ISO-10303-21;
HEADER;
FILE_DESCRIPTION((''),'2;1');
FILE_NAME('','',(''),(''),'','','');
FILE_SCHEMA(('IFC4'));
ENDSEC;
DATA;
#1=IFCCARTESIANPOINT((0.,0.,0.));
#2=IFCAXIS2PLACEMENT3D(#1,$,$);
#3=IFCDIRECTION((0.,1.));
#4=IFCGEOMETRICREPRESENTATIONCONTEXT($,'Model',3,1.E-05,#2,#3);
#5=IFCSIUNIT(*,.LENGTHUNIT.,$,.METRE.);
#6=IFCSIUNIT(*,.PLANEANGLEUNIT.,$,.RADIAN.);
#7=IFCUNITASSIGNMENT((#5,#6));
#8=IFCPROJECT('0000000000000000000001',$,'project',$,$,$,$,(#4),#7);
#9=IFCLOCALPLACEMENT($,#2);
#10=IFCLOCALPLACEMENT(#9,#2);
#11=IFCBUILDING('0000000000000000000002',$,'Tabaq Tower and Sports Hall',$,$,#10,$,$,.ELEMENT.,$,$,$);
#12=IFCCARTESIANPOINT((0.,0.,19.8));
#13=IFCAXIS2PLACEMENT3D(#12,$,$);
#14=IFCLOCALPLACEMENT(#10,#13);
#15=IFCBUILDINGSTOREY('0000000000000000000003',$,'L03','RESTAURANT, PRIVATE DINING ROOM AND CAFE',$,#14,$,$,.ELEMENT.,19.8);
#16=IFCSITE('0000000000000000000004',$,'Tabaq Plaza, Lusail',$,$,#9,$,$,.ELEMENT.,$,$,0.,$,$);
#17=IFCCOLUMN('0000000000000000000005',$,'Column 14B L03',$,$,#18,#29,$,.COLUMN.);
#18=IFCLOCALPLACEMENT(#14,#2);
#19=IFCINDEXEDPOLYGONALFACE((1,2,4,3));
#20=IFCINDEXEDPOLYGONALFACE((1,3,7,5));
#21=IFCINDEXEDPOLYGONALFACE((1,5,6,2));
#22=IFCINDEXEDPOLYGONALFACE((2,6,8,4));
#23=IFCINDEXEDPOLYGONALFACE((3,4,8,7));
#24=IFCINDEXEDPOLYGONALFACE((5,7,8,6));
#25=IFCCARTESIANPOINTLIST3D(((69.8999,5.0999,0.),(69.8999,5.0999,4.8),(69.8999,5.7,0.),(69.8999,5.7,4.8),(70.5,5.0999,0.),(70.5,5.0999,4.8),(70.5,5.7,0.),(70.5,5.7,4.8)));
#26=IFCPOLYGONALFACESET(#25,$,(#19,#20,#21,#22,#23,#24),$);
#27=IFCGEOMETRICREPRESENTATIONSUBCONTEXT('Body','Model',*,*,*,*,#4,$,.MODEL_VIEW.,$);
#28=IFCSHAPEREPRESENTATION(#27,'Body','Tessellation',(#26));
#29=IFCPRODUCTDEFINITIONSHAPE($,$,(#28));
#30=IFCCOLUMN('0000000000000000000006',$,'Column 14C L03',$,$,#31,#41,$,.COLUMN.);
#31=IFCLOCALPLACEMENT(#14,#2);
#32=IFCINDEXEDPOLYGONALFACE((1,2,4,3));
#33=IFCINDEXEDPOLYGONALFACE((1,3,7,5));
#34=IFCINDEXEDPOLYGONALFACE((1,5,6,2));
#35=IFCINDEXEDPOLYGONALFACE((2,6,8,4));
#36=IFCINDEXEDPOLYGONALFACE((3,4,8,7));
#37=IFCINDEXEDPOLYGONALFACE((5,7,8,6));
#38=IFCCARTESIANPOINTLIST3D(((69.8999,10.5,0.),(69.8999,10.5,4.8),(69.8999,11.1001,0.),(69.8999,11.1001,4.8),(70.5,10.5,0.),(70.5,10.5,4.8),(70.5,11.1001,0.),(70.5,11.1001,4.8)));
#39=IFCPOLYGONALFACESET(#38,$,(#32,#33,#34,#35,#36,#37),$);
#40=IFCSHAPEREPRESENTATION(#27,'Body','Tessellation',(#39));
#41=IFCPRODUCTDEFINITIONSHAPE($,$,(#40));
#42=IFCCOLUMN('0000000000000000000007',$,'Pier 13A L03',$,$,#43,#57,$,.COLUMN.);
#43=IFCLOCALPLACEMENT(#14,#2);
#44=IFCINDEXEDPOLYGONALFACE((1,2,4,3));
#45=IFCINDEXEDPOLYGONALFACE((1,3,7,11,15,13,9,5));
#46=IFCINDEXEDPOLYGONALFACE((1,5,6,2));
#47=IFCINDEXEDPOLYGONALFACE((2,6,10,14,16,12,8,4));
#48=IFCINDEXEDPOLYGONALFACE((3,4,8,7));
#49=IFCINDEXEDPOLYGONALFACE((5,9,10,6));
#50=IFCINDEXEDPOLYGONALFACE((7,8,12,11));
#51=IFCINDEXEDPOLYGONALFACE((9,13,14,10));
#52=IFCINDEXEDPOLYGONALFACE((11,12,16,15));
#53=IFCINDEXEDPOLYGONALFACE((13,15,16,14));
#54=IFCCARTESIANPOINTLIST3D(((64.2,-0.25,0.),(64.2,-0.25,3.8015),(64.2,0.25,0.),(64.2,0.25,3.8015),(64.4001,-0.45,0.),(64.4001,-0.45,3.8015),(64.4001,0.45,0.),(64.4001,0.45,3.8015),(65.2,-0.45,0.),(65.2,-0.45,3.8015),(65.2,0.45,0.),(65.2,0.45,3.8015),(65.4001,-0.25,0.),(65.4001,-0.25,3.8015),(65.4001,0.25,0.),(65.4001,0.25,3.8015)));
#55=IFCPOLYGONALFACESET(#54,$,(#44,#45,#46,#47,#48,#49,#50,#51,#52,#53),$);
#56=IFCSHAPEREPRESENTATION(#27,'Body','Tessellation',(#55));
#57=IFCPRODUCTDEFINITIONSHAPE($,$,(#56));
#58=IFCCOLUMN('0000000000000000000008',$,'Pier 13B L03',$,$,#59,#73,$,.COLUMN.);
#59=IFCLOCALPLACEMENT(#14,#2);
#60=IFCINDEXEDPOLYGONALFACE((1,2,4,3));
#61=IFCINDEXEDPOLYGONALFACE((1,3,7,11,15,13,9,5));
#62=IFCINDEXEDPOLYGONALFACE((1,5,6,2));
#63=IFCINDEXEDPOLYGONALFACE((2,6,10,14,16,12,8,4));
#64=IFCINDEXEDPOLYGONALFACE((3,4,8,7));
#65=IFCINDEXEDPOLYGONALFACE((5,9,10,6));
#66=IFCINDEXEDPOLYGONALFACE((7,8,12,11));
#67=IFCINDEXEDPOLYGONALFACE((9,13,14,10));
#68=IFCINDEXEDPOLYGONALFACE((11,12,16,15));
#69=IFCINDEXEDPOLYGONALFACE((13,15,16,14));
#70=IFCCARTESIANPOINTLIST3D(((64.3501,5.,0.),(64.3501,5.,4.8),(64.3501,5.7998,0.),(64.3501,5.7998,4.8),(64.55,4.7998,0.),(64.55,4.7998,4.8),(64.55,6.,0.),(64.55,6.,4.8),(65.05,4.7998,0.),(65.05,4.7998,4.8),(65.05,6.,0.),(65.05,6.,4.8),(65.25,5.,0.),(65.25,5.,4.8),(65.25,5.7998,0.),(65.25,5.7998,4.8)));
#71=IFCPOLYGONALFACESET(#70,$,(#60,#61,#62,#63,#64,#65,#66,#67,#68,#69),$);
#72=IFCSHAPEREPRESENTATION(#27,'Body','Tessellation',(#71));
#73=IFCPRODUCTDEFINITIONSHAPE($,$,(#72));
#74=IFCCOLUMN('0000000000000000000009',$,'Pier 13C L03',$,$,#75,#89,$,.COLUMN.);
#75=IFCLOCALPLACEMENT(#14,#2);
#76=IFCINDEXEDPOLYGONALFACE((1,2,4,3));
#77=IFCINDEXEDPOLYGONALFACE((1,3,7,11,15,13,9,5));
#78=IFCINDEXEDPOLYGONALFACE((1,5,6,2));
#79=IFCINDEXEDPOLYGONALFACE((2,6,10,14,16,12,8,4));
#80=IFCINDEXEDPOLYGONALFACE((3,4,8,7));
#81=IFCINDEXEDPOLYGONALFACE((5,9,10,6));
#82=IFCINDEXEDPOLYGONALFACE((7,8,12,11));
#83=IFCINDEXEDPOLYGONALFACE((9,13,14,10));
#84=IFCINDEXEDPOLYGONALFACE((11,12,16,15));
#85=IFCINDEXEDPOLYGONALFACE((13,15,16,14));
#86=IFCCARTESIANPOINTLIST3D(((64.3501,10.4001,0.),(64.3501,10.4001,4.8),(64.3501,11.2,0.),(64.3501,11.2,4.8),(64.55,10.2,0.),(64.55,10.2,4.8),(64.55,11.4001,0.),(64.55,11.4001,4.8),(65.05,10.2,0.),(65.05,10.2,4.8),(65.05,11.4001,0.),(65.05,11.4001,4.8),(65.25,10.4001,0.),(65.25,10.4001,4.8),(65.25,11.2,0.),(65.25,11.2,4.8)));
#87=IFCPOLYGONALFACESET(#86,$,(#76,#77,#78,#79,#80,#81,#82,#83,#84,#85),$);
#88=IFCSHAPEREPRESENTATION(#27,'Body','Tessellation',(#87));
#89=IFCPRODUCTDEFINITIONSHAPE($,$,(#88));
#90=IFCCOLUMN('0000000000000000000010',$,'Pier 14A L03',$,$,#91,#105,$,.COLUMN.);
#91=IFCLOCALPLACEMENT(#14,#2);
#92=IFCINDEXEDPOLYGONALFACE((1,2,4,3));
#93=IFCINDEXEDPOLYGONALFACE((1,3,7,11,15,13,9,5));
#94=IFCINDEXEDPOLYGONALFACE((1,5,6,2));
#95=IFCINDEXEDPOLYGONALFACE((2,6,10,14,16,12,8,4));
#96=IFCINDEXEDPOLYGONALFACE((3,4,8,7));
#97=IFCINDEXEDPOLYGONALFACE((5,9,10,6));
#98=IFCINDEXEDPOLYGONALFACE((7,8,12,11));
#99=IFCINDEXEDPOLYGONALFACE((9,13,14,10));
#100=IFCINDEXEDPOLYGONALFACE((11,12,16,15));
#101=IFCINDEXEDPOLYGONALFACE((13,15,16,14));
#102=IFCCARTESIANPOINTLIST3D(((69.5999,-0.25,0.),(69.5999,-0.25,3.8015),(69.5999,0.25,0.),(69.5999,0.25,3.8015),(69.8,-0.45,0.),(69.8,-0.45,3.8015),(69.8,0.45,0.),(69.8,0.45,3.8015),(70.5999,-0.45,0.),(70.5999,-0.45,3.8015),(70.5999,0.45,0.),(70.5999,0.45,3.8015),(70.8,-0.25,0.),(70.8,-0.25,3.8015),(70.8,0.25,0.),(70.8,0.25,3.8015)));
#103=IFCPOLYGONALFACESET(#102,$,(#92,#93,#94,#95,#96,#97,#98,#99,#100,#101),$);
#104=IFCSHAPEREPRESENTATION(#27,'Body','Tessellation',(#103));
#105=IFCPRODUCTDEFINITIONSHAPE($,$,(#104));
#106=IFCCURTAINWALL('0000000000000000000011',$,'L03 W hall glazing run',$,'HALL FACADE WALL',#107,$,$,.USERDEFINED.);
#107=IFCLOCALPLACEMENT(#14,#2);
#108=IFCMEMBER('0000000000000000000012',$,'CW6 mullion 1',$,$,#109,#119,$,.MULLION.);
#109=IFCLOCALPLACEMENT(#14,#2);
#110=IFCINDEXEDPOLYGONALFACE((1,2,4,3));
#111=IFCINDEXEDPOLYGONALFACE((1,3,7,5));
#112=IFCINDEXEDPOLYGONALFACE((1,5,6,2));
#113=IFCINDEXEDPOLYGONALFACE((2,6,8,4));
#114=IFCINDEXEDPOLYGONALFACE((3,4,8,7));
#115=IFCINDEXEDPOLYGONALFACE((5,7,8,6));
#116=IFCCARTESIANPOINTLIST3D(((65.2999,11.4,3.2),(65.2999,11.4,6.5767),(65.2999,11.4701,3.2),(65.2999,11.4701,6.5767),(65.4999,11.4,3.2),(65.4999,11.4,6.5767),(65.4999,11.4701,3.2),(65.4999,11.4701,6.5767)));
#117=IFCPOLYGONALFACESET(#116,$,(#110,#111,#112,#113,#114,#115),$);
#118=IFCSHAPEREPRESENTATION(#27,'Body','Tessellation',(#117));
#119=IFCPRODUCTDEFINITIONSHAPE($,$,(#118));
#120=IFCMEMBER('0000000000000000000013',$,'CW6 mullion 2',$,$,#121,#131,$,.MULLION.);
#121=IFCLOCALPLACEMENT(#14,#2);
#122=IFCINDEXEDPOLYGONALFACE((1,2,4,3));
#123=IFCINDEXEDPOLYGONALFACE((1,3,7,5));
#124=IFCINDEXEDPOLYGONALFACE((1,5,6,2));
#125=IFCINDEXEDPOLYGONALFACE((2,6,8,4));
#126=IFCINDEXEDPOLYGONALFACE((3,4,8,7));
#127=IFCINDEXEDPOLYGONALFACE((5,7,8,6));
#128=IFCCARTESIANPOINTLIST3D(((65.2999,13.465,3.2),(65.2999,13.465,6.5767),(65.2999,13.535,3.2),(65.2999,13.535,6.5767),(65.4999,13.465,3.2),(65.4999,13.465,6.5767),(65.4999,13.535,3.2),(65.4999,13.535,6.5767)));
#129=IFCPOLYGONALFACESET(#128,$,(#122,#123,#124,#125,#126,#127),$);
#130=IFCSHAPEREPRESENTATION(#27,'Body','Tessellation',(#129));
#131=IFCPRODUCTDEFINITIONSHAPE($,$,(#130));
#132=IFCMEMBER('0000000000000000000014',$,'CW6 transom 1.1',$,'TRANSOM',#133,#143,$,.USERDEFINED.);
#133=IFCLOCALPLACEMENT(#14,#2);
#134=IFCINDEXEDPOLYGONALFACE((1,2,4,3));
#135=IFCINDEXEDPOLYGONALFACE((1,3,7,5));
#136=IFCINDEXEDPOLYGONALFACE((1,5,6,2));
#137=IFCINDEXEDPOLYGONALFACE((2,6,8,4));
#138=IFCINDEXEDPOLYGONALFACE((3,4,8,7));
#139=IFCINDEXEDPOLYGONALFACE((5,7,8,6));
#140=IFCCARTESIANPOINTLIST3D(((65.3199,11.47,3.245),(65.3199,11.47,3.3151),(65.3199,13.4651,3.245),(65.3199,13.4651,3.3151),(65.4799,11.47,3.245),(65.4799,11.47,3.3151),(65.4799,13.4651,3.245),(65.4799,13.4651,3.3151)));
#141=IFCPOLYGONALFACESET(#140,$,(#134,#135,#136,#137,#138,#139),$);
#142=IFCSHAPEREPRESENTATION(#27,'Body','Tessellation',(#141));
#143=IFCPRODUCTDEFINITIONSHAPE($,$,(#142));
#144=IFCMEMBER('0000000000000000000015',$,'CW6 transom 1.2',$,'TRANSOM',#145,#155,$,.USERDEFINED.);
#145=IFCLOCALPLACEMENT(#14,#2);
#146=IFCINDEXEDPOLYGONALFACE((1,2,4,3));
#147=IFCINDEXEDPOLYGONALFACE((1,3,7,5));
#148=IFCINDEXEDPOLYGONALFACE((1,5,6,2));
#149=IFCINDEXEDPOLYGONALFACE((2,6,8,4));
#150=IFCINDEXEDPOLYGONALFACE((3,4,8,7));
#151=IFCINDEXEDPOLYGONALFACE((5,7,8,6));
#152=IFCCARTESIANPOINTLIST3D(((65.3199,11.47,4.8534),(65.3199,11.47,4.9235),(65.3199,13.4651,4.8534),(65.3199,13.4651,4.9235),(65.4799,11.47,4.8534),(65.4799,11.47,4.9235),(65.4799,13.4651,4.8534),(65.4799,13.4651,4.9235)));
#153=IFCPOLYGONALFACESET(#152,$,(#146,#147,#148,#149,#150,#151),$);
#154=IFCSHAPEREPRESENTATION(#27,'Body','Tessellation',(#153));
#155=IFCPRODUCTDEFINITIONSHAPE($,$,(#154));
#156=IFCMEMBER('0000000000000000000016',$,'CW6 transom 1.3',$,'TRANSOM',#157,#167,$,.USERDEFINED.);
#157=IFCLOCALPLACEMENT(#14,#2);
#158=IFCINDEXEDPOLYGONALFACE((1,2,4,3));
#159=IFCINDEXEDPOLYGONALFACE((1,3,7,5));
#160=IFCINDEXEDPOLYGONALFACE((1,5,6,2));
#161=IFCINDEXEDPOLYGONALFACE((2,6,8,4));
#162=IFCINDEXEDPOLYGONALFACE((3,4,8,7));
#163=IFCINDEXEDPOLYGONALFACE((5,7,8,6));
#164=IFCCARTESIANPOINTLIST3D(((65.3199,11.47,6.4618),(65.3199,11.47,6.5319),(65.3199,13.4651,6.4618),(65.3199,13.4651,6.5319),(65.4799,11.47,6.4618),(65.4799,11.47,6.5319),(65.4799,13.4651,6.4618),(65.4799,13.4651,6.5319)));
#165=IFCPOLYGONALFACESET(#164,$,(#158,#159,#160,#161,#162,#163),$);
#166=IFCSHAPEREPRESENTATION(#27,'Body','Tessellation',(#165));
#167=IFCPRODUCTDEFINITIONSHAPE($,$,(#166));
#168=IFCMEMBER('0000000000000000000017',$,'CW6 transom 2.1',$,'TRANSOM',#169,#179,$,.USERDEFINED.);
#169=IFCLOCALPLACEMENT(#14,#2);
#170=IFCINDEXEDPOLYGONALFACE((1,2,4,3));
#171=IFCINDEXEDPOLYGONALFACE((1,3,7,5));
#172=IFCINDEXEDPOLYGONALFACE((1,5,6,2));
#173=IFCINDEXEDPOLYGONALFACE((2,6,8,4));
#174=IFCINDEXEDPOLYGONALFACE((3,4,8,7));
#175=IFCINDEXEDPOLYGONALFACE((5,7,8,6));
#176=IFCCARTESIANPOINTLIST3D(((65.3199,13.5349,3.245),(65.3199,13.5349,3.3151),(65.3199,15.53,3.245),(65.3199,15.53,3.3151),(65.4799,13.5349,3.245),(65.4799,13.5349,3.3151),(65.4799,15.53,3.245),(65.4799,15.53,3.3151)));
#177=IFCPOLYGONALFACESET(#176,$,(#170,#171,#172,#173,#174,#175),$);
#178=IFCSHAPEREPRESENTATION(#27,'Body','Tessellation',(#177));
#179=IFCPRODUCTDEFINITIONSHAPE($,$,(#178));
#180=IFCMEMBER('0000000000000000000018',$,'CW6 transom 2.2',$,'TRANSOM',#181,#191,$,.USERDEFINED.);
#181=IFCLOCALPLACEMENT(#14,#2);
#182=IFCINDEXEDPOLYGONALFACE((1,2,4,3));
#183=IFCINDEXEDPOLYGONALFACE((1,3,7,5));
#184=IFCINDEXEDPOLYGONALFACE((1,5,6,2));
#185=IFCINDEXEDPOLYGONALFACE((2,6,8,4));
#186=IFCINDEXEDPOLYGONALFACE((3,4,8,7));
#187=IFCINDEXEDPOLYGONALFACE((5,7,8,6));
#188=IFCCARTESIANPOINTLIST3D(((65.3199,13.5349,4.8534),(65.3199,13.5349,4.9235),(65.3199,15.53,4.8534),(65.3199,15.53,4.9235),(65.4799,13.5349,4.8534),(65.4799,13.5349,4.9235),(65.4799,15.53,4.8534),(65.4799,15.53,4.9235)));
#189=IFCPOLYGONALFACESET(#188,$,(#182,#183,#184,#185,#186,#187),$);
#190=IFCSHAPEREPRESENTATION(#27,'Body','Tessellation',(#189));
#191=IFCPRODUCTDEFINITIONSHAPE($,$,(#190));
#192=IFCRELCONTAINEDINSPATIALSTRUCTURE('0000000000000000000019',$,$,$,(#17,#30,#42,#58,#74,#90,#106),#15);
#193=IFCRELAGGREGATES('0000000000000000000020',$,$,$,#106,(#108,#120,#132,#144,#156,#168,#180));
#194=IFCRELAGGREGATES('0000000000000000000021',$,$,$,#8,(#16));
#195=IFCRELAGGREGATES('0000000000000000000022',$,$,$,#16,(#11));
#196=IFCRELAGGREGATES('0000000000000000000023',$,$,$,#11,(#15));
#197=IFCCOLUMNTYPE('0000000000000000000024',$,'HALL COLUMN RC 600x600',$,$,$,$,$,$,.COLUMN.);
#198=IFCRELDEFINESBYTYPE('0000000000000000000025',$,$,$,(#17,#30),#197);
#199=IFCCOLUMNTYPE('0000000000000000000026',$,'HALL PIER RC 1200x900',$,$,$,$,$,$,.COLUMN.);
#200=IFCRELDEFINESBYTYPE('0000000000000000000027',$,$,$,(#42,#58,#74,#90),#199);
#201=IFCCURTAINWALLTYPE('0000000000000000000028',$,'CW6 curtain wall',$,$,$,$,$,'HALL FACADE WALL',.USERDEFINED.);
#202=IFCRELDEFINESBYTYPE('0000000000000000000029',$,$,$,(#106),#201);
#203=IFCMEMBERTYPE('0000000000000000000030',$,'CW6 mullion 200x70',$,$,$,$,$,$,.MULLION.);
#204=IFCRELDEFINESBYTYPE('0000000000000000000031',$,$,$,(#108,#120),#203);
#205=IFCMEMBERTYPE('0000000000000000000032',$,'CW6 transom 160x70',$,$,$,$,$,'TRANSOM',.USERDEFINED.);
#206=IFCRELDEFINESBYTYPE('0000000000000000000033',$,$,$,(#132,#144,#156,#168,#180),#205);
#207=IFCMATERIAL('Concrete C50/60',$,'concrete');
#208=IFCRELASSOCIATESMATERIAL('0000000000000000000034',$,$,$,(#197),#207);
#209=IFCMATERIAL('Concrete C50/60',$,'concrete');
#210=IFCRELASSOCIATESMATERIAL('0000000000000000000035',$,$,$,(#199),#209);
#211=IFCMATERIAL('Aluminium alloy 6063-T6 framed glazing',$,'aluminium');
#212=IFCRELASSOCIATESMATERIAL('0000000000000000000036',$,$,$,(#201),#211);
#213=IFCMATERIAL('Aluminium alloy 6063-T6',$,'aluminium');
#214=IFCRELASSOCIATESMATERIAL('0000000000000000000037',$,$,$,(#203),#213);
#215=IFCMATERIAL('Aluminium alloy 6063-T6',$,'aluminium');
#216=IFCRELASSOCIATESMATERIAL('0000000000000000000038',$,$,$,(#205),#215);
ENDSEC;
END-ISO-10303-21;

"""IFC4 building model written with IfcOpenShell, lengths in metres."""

from ifc_helpers import new_model, si_unit, direction, frame, origin, origin_2d, place, context, subcontext, project, spatial, polyline, rectangle, outline, extrude, material, material_profile, profile_set, type_object, element, aggregate, save


model = new_model("IFC4")

# Units and contexts
model_context = context("Model", 3, precision=1e-05, world=origin(), true_north=direction((0.0, 1.0)))
body_context = subcontext(model_context, "Body", "Model", "MODEL_VIEW")
ifc_project = project(units=[si_unit("LENGTHUNIT", "METRE"), si_unit("PLANEANGLEUNIT", "RADIAN")], contexts=[model_context])

# Site, building, storey
site_placement = place(None, origin())
site = spatial("IfcSite", under=ifc_project, at=site_placement, Name="Tabaq Plaza, Lusail", CompositionType="ELEMENT", RefElevation=0.0)
building_placement = place(site_placement, origin())
building = spatial("IfcBuilding", under=site, at=building_placement, Name="Tabaq Tower and Sports Hall", CompositionType="ELEMENT")
storey_placement = place(building_placement, frame((0.0, 0.0, 19.8)))
storey = spatial("IfcBuildingStorey", under=building, at=storey_placement, Name="L03", Description="RESTAURANT, PRIVATE DINING ROOM AND CAFE", CompositionType="ELEMENT", Elevation=19.8)

# Columns
ifc_material_1 = material(Name="Concrete C50/60", Category="concrete")
ifc_material_profile_1 = material_profile(ifc_material_1, rectangle(XDim=0.6001, YDim=0.6001, at=origin_2d()), Name="RC 600x600")
ifc_profile_set_1 = profile_set([ifc_material_profile_1], Name="Concrete C50/60")
column_type_1 = type_object("IfcColumnType", Name="HALL COLUMN RC 600x600", PredefinedType="COLUMN", material=ifc_profile_set_1)
for number, where, z_axis, x_axis, name in (
    (1, (70.2, 5.3999, 0.0), (0.0, 0.0, 1.0), (1.0, 0.0, 0.0), "Column 14B L03"),
    (2, (70.2, 10.8, 0.0), (0.0, 0.0, 1.0), (1.0, 0.0, 0.0), "Column 14C L03"),
):
    element("IfcColumn", number, at=place(storey_placement, frame(where, z_axis=z_axis, x_axis=x_axis)), inside=storey, type_object=column_type_1, Name=name, PredefinedType="COLUMN", context=body_context, shape_type="SweptSolid", body=[
        extrude(rectangle(XDim=0.6001, YDim=0.6001, at=origin_2d()), origin(), (0.0, 0.0, 1.0), 4.8),
    ])
ifc_material_2 = material(Name="Concrete C50/60", Category="concrete")
ifc_material_profile_2 = material_profile(ifc_material_2, outline(polyline([(-0.3999, -0.45), (0.3999, -0.45), (0.6001, -0.25), (0.6001, 0.25), (0.3999, 0.45), (-0.3999, 0.45), (-0.6001, 0.25), (-0.6001, -0.25), (-0.3999, -0.45)])), Name="PIER 1200x900")
ifc_profile_set_2 = profile_set([ifc_material_profile_2], Name="Concrete C50/60")
column_type_2 = type_object("IfcColumnType", Name="HALL PIER RC 1200x900", PredefinedType="COLUMN", material=ifc_profile_set_2)
column_1_placement = place(storey_placement, frame((64.8, 0.0, 0.0), z_axis=(0.0, 0.0, 1.0), x_axis=(1.0, 0.0, 0.0)))
element("IfcColumn", 3, at=column_1_placement, inside=storey, type_object=column_type_2, Name="Pier 13A L03", PredefinedType="COLUMN", context=body_context, shape_type="SweptSolid", body=[
    extrude(outline(polyline([(-0.3999, -0.45), (0.3999, -0.45), (0.6001, -0.25), (0.6001, 0.25), (0.3999, 0.45), (-0.3999, 0.45), (-0.6001, 0.25), (-0.6001, -0.25), (-0.3999, -0.45)])), origin(), (0.0, 0.0, 1.0), 3.8015),
])
for number, where, z_axis, x_axis, name in (
    (4, (64.8, 5.3999, 0.0), (0.0, 0.0, 1.0), (0.0, 1.0, 0.0), "Pier 13B L03"),
    (5, (64.8, 10.8, 0.0), (0.0, 0.0, 1.0), (0.0, 1.0, 0.0), "Pier 13C L03"),
):
    element("IfcColumn", number, at=place(storey_placement, frame(where, z_axis=z_axis, x_axis=x_axis)), inside=storey, type_object=column_type_2, Name=name, PredefinedType="COLUMN", context=body_context, shape_type="SweptSolid", body=[
        extrude(outline(polyline([(-0.3999, -0.45), (0.3999, -0.45), (0.6001, -0.25), (0.6001, 0.25), (0.3999, 0.45), (-0.3999, 0.45), (-0.6001, 0.25), (-0.6001, -0.25), (-0.3999, -0.45)])), origin(), (0.0, 0.0, 1.0), 4.8),
    ])
column_2_placement = place(storey_placement, frame((70.2, 0.0, 0.0), z_axis=(0.0, 0.0, 1.0), x_axis=(1.0, 0.0, 0.0)))
element("IfcColumn", 6, at=column_2_placement, inside=storey, type_object=column_type_2, Name="Pier 14A L03", PredefinedType="COLUMN", context=body_context, shape_type="SweptSolid", body=[
    extrude(outline(polyline([(-0.3999, -0.45), (0.3999, -0.45), (0.6001, -0.25), (0.6001, 0.25), (0.3999, 0.45), (-0.3999, 0.45), (-0.6001, 0.25), (-0.6001, -0.25), (-0.3999, -0.45)])), origin(), (0.0, 0.0, 1.0), 3.8015),
])

# Curtain wall, members
ifc_material_3 = material(Name="Aluminium alloy 6063-T6 framed glazing", Category="aluminium")
curtain_wall_type = type_object("IfcCurtainWallType", Name="CW6 curtain wall", ElementType="HALL FACADE WALL", PredefinedType="USERDEFINED", material=ifc_material_3)
curtain_wall_placement = place(storey_placement, origin())
curtain_wall = element("IfcCurtainWall", 7, at=curtain_wall_placement, inside=storey, type_object=curtain_wall_type, Name="L03 W hall glazing run", ObjectType="HALL FACADE WALL", PredefinedType="USERDEFINED")
ifc_material_4 = material(Name="Aluminium alloy 6063-T6", Category="aluminium")
ifc_material_profile_3 = material_profile(ifc_material_4, rectangle(XDim=0.2, YDim=0.0701, at=origin_2d()), Name="MULLION 200x70")
ifc_profile_set_3 = profile_set([ifc_material_profile_3], Name="Aluminium alloy 6063-T6")
member_type_1 = type_object("IfcMemberType", Name="CW6 mullion 200x70", PredefinedType="MULLION", material=ifc_profile_set_3)
member_1_placement = place(storey_placement, frame((65.3999, 11.4351, 3.2), z_axis=(0.0, 0.0, 1.0), x_axis=(-1.0, 0.0, 0.0)))
member_1 = element("IfcMember", 8, at=member_1_placement, type_object=member_type_1, Name="CW6 mullion 1", PredefinedType="MULLION", context=body_context, shape_type="SweptSolid", body=[
    extrude(rectangle(XDim=0.2, YDim=0.0701, at=origin_2d()), origin(), (0.0, 0.0, 1.0), 3.3767),
])
member_2_placement = place(storey_placement, frame((65.3999, 13.5, 3.2), z_axis=(0.0, 0.0, 1.0), x_axis=(-1.0, 0.0, 0.0)))
member_2 = element("IfcMember", 9, at=member_2_placement, type_object=member_type_1, Name="CW6 mullion 2", PredefinedType="MULLION", context=body_context, shape_type="SweptSolid", body=[
    extrude(rectangle(XDim=0.2, YDim=0.0701, at=origin_2d()), origin(), (0.0, 0.0, 1.0), 3.3767),
])
ifc_material_5 = material(Name="Aluminium alloy 6063-T6", Category="aluminium")
ifc_material_profile_4 = material_profile(ifc_material_5, rectangle(XDim=0.1599, YDim=0.0701, at=origin_2d()), Name="TRANSOM 160x70")
ifc_profile_set_4 = profile_set([ifc_material_profile_4], Name="Aluminium alloy 6063-T6")
member_type_2 = type_object("IfcMemberType", Name="CW6 transom 160x70", ElementType="TRANSOM", PredefinedType="USERDEFINED", material=ifc_profile_set_4)
member_3_placement = place(storey_placement, frame((65.3999, 11.47, 3.28), z_axis=(0.0, 1.0, 0.0), x_axis=(-1.0, 0.0, 0.0)))
member_3 = element("IfcMember", 10, at=member_3_placement, type_object=member_type_2, Name="CW6 transom 1.1", ObjectType="TRANSOM", PredefinedType="USERDEFINED", context=body_context, shape_type="SweptSolid", body=[
    extrude(rectangle(XDim=0.1599, YDim=0.0701, at=origin_2d()), origin(), (0.0, 0.0, 1.0), 1.9951),
])
member_4_placement = place(storey_placement, frame((65.3999, 11.47, 4.8884), z_axis=(0.0, 1.0, 0.0), x_axis=(-1.0, 0.0, 0.0)))
member_4 = element("IfcMember", 11, at=member_4_placement, type_object=member_type_2, Name="CW6 transom 1.2", ObjectType="TRANSOM", PredefinedType="USERDEFINED", context=body_context, shape_type="SweptSolid", body=[
    extrude(rectangle(XDim=0.1599, YDim=0.0701, at=origin_2d()), origin(), (0.0, 0.0, 1.0), 1.9951),
])
member_5_placement = place(storey_placement, frame((65.3999, 11.47, 6.4968), z_axis=(0.0, 1.0, 0.0), x_axis=(-1.0, 0.0, 0.0)))
member_5 = element("IfcMember", 12, at=member_5_placement, type_object=member_type_2, Name="CW6 transom 1.3", ObjectType="TRANSOM", PredefinedType="USERDEFINED", context=body_context, shape_type="SweptSolid", body=[
    extrude(rectangle(XDim=0.1599, YDim=0.0701, at=origin_2d()), origin(), (0.0, 0.0, 1.0), 1.9951),
])
member_6_placement = place(storey_placement, frame((65.3999, 13.5349, 3.28), z_axis=(0.0, 1.0, 0.0), x_axis=(-1.0, 0.0, 0.0)))
member_6 = element("IfcMember", 13, at=member_6_placement, type_object=member_type_2, Name="CW6 transom 2.1", ObjectType="TRANSOM", PredefinedType="USERDEFINED", context=body_context, shape_type="SweptSolid", body=[
    extrude(rectangle(XDim=0.1599, YDim=0.0701, at=origin_2d()), origin(), (0.0, 0.0, 1.0), 1.9951),
])
member_7_placement = place(storey_placement, frame((65.3999, 13.5349, 4.8884), z_axis=(0.0, 1.0, 0.0), x_axis=(-1.0, 0.0, 0.0)))
member_7 = element("IfcMember", 14, at=member_7_placement, type_object=member_type_2, Name="CW6 transom 2.2", ObjectType="TRANSOM", PredefinedType="USERDEFINED", context=body_context, shape_type="SweptSolid", body=[
    extrude(rectangle(XDim=0.1599, YDim=0.0701, at=origin_2d()), origin(), (0.0, 0.0, 1.0), 1.9951),
])

aggregate(curtain_wall, [member_1, member_2, member_3, member_4, member_5, member_6, member_7])

save(model, "model.ifc")
